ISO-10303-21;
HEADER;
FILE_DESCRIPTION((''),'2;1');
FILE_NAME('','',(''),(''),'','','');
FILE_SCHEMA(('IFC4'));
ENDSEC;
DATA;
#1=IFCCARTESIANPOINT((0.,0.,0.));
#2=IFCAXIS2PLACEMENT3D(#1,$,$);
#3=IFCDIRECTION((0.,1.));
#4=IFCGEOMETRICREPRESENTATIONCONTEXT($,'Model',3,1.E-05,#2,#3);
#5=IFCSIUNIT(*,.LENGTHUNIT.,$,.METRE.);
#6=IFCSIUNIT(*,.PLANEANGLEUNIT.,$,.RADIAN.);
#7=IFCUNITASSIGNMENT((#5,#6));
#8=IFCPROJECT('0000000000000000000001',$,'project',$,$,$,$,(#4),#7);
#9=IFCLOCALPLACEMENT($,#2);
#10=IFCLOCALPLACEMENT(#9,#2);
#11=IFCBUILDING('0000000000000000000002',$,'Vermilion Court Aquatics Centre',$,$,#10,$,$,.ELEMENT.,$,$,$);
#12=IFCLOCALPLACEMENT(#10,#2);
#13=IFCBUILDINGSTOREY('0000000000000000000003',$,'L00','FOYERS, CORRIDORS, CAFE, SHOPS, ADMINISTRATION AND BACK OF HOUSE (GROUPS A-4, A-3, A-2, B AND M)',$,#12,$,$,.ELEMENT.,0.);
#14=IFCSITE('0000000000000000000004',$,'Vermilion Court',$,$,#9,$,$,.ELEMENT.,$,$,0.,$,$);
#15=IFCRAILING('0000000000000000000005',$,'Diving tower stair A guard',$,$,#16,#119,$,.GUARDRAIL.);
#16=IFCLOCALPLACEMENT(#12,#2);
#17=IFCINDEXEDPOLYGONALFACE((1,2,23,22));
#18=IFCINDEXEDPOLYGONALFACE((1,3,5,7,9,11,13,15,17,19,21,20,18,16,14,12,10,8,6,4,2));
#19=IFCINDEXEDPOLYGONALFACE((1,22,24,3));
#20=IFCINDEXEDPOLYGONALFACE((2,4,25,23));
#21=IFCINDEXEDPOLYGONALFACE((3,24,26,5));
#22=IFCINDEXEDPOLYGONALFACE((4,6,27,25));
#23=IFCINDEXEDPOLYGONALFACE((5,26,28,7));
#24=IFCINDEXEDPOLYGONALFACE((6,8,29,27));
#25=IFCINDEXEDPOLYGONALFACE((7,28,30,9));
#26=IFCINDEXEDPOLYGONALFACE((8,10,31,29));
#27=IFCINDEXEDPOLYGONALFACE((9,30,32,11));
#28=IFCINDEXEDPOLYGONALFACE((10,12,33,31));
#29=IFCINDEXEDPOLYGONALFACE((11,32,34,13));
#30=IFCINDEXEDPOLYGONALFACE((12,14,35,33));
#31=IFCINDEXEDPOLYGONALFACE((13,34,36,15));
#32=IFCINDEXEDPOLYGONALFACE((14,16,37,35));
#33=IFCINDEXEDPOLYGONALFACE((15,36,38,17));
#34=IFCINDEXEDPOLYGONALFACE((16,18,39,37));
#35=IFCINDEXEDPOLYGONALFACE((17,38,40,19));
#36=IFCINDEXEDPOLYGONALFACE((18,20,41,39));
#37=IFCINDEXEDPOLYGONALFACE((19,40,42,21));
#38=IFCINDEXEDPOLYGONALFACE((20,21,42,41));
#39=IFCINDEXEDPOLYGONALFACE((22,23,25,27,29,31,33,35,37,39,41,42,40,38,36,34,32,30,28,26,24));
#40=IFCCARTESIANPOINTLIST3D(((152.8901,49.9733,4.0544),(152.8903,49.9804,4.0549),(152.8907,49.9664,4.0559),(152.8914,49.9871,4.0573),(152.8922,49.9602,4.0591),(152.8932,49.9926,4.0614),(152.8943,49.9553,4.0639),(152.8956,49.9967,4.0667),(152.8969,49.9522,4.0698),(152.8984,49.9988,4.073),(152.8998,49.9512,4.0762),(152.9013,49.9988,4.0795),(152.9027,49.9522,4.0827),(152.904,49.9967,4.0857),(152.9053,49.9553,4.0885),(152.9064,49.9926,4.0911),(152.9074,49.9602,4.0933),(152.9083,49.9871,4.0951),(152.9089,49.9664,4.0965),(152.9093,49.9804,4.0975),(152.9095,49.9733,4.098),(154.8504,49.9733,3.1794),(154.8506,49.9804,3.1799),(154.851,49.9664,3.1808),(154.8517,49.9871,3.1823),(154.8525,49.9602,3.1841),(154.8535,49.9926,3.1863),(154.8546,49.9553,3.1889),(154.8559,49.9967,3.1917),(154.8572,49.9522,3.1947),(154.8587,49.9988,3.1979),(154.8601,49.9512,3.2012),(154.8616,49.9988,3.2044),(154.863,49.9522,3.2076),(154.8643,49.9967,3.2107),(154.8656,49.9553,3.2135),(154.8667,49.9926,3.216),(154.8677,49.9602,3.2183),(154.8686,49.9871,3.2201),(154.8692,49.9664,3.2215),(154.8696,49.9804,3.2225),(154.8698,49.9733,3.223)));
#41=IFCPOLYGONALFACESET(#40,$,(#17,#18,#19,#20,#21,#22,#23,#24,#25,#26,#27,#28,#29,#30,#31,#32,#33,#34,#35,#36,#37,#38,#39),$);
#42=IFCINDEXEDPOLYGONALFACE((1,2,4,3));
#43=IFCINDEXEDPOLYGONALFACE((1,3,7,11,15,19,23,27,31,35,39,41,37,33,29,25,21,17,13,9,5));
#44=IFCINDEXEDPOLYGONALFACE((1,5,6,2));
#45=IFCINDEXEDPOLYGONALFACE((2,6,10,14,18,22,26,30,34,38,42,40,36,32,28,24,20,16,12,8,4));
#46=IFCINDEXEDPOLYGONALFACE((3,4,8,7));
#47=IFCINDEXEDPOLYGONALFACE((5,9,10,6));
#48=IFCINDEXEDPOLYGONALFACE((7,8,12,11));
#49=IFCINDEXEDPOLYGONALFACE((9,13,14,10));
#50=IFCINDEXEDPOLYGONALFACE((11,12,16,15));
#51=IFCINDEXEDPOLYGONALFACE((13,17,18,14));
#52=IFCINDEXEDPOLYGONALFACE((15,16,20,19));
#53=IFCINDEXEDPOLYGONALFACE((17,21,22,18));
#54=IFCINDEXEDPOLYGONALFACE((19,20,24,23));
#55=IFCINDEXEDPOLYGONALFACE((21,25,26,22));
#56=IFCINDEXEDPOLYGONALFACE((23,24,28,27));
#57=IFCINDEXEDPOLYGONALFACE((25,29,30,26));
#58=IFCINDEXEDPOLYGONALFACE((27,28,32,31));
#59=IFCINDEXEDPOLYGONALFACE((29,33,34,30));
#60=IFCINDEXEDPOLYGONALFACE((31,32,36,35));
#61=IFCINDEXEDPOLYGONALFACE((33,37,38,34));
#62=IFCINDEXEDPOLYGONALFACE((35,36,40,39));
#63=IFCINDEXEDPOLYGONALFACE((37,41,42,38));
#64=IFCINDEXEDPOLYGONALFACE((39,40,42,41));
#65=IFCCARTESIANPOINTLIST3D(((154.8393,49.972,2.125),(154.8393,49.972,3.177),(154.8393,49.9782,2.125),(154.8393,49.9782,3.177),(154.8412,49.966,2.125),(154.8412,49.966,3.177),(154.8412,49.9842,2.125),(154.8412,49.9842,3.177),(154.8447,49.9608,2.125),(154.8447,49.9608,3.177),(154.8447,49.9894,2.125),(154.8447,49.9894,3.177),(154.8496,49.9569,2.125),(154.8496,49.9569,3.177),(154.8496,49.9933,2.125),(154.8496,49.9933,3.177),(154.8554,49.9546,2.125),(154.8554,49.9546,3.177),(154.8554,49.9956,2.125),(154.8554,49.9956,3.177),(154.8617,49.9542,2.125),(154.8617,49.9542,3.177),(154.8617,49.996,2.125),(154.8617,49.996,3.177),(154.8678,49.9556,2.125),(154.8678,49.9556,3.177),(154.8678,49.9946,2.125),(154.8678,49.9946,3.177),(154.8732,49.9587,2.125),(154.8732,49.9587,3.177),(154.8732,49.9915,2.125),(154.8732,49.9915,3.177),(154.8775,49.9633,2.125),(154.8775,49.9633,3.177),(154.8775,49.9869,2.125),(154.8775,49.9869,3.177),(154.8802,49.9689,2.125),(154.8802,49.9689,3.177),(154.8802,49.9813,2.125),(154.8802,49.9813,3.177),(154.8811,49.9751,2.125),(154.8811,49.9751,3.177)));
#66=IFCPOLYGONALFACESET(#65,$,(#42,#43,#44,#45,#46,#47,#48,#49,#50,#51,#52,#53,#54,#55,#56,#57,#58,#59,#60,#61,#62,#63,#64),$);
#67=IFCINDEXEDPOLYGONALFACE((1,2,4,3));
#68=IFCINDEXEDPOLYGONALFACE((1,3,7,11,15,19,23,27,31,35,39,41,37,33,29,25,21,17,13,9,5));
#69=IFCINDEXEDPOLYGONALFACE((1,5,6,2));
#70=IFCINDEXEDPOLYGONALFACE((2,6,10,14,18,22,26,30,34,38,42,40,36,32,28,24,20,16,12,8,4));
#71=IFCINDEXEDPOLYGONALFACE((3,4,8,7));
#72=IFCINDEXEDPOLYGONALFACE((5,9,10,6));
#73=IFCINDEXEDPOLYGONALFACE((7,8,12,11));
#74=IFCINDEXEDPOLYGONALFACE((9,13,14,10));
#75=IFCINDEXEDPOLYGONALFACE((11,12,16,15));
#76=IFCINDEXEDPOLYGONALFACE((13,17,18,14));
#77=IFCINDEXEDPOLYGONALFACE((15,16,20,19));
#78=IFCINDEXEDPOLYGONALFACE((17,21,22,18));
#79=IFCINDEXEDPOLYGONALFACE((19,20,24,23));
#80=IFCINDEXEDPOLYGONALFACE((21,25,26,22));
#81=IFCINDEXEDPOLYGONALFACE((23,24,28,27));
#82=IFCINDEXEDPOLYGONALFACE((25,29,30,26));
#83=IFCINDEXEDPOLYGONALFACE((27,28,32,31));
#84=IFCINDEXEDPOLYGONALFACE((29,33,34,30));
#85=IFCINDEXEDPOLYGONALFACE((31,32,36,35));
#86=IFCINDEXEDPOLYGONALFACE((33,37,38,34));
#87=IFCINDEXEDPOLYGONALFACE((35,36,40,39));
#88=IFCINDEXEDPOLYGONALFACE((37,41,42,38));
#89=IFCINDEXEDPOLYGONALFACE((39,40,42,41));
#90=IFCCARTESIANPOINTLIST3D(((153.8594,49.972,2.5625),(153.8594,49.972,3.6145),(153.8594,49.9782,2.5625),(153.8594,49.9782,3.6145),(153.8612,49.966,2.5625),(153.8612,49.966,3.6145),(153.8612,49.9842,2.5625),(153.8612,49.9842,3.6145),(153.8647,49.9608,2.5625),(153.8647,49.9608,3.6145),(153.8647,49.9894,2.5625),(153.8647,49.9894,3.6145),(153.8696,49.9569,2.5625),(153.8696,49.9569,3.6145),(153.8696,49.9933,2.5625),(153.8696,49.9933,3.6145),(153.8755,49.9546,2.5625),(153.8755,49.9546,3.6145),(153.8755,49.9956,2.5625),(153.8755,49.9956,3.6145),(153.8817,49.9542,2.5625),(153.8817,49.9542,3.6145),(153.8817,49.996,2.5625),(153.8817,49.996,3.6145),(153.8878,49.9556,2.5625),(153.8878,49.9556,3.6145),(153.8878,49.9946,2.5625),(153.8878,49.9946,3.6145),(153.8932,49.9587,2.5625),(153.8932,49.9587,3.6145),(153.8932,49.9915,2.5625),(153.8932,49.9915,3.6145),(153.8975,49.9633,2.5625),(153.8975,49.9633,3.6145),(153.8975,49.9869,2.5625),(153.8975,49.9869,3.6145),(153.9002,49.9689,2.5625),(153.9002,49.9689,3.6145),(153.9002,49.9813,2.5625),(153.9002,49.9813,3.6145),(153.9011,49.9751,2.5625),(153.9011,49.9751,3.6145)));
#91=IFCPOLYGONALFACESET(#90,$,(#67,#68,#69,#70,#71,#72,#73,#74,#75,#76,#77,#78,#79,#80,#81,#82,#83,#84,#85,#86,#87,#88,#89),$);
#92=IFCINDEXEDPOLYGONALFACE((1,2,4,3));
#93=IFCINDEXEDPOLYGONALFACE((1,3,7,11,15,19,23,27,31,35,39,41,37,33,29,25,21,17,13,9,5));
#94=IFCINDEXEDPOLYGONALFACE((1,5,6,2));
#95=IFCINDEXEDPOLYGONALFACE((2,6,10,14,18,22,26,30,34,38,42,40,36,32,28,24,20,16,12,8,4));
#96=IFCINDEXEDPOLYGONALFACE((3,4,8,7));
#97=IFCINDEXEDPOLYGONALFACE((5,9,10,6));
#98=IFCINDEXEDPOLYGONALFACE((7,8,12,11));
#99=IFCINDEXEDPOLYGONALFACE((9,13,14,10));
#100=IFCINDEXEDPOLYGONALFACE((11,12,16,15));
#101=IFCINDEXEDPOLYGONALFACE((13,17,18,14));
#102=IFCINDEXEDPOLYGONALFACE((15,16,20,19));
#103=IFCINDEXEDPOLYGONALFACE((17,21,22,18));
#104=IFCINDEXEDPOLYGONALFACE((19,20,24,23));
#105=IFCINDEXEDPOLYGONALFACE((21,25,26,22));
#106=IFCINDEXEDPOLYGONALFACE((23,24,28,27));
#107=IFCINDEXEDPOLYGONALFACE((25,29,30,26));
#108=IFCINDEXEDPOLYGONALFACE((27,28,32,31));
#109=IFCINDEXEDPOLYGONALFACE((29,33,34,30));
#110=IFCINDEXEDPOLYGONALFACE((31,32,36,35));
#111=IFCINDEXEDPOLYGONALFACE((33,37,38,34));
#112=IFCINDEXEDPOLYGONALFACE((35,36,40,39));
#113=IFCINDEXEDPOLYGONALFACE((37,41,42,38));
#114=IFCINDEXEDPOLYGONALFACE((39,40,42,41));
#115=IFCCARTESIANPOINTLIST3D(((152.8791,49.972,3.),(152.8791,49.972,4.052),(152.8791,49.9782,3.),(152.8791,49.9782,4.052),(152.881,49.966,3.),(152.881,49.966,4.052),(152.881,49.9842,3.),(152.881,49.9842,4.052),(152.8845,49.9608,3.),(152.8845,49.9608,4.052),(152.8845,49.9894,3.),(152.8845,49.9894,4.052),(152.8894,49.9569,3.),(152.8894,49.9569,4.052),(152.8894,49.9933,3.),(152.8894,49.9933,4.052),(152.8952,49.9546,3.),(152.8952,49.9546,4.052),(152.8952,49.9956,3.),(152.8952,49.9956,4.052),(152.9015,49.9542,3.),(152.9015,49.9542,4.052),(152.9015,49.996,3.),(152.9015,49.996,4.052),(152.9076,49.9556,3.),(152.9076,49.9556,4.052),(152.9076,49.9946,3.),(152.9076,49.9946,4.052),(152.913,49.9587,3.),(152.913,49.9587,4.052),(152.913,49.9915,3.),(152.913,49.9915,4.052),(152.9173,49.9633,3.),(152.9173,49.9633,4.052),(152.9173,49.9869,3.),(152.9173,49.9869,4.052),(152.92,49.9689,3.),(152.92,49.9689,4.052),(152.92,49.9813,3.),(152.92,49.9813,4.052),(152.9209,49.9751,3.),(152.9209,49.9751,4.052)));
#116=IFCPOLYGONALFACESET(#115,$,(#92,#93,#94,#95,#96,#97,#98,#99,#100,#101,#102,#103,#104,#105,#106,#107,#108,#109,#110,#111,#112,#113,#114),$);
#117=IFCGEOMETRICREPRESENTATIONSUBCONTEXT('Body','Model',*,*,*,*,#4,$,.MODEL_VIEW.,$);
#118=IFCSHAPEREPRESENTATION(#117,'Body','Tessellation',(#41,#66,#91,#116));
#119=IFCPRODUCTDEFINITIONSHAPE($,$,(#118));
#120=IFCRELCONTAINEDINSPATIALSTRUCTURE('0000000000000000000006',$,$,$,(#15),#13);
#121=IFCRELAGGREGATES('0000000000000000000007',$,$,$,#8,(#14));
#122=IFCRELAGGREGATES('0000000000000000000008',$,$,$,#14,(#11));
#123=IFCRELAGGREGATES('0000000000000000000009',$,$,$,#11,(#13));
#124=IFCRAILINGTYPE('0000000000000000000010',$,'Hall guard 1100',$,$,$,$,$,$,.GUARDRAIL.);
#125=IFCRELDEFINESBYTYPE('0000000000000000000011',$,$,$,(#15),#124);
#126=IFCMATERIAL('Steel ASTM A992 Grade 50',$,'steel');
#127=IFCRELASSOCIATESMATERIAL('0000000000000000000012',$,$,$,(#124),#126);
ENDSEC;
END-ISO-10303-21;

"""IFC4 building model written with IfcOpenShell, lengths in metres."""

from ifc_helpers import new_model, si_unit, direction, frame, origin, origin_2d, place, context, subcontext, project, spatial, circle, extrude, material, type_object, element, save


model = new_model("IFC4")

# Units and contexts
model_context = context("Model", 3, precision=1e-05, world=origin(), true_north=direction((0.0, 1.0)))
body_context = subcontext(model_context, "Body", "Model", "MODEL_VIEW")
ifc_project = project(units=[si_unit("LENGTHUNIT", "METRE"), si_unit("PLANEANGLEUNIT", "RADIAN")], contexts=[model_context])

# Site, building, storey
site_placement = place(None, origin())
site = spatial("IfcSite", under=ifc_project, at=site_placement, Name="Vermilion Court", CompositionType="ELEMENT", RefElevation=0.0)
building_placement = place(site_placement, origin())
building = spatial("IfcBuilding", under=site, at=building_placement, Name="Vermilion Court Aquatics Centre", CompositionType="ELEMENT")
storey_placement = place(building_placement, origin())
storey = spatial("IfcBuildingStorey", under=building, at=storey_placement, Name="L00", Description="FOYERS, CORRIDORS, CAFE, SHOPS, ADMINISTRATION AND BACK OF HOUSE (GROUPS A-4, A-3, A-2, B AND M)", CompositionType="ELEMENT", Elevation=0.0)

# Railing
ifc_material_1 = material(Name="Steel ASTM A992 Grade 50", Category="steel")
railing_type_1 = type_object("IfcRailingType", Name="Hall guard 1100", PredefinedType="GUARDRAIL", material=ifc_material_1)
railing_1_placement = place(storey_placement, frame((154.8601, 49.9751, 2.125)))
element("IfcRailing", 1, at=railing_1_placement, inside=storey, type_object=railing_type_1, Name="Diving tower stair A guard", PredefinedType="GUARDRAIL", context=body_context, shape_type="SweptSolid", body=[
    extrude(circle(Radius=0.0239, at=origin_2d()), frame((0.0, 0.0, 1.0762), z_axis=(-0.913154, 0.0, 0.407615), x_axis=(0.0, -1.0, 0.0)), (0.0, 0.0, 1.0), 2.1467),
    extrude(circle(Radius=0.021, at=origin_2d()), origin(), (0.0, 0.0, 1.0), 1.052),
    extrude(circle(Radius=0.021, at=origin_2d()), frame((-0.98, 0.0, 0.4375)), (0.0, 0.0, 1.0), 1.052),
    extrude(circle(Radius=0.021, at=origin_2d()), frame((-1.9602, 0.0, 0.875)), (0.0, 0.0, 1.0), 1.052),
])

save(model, "model.ifc")
